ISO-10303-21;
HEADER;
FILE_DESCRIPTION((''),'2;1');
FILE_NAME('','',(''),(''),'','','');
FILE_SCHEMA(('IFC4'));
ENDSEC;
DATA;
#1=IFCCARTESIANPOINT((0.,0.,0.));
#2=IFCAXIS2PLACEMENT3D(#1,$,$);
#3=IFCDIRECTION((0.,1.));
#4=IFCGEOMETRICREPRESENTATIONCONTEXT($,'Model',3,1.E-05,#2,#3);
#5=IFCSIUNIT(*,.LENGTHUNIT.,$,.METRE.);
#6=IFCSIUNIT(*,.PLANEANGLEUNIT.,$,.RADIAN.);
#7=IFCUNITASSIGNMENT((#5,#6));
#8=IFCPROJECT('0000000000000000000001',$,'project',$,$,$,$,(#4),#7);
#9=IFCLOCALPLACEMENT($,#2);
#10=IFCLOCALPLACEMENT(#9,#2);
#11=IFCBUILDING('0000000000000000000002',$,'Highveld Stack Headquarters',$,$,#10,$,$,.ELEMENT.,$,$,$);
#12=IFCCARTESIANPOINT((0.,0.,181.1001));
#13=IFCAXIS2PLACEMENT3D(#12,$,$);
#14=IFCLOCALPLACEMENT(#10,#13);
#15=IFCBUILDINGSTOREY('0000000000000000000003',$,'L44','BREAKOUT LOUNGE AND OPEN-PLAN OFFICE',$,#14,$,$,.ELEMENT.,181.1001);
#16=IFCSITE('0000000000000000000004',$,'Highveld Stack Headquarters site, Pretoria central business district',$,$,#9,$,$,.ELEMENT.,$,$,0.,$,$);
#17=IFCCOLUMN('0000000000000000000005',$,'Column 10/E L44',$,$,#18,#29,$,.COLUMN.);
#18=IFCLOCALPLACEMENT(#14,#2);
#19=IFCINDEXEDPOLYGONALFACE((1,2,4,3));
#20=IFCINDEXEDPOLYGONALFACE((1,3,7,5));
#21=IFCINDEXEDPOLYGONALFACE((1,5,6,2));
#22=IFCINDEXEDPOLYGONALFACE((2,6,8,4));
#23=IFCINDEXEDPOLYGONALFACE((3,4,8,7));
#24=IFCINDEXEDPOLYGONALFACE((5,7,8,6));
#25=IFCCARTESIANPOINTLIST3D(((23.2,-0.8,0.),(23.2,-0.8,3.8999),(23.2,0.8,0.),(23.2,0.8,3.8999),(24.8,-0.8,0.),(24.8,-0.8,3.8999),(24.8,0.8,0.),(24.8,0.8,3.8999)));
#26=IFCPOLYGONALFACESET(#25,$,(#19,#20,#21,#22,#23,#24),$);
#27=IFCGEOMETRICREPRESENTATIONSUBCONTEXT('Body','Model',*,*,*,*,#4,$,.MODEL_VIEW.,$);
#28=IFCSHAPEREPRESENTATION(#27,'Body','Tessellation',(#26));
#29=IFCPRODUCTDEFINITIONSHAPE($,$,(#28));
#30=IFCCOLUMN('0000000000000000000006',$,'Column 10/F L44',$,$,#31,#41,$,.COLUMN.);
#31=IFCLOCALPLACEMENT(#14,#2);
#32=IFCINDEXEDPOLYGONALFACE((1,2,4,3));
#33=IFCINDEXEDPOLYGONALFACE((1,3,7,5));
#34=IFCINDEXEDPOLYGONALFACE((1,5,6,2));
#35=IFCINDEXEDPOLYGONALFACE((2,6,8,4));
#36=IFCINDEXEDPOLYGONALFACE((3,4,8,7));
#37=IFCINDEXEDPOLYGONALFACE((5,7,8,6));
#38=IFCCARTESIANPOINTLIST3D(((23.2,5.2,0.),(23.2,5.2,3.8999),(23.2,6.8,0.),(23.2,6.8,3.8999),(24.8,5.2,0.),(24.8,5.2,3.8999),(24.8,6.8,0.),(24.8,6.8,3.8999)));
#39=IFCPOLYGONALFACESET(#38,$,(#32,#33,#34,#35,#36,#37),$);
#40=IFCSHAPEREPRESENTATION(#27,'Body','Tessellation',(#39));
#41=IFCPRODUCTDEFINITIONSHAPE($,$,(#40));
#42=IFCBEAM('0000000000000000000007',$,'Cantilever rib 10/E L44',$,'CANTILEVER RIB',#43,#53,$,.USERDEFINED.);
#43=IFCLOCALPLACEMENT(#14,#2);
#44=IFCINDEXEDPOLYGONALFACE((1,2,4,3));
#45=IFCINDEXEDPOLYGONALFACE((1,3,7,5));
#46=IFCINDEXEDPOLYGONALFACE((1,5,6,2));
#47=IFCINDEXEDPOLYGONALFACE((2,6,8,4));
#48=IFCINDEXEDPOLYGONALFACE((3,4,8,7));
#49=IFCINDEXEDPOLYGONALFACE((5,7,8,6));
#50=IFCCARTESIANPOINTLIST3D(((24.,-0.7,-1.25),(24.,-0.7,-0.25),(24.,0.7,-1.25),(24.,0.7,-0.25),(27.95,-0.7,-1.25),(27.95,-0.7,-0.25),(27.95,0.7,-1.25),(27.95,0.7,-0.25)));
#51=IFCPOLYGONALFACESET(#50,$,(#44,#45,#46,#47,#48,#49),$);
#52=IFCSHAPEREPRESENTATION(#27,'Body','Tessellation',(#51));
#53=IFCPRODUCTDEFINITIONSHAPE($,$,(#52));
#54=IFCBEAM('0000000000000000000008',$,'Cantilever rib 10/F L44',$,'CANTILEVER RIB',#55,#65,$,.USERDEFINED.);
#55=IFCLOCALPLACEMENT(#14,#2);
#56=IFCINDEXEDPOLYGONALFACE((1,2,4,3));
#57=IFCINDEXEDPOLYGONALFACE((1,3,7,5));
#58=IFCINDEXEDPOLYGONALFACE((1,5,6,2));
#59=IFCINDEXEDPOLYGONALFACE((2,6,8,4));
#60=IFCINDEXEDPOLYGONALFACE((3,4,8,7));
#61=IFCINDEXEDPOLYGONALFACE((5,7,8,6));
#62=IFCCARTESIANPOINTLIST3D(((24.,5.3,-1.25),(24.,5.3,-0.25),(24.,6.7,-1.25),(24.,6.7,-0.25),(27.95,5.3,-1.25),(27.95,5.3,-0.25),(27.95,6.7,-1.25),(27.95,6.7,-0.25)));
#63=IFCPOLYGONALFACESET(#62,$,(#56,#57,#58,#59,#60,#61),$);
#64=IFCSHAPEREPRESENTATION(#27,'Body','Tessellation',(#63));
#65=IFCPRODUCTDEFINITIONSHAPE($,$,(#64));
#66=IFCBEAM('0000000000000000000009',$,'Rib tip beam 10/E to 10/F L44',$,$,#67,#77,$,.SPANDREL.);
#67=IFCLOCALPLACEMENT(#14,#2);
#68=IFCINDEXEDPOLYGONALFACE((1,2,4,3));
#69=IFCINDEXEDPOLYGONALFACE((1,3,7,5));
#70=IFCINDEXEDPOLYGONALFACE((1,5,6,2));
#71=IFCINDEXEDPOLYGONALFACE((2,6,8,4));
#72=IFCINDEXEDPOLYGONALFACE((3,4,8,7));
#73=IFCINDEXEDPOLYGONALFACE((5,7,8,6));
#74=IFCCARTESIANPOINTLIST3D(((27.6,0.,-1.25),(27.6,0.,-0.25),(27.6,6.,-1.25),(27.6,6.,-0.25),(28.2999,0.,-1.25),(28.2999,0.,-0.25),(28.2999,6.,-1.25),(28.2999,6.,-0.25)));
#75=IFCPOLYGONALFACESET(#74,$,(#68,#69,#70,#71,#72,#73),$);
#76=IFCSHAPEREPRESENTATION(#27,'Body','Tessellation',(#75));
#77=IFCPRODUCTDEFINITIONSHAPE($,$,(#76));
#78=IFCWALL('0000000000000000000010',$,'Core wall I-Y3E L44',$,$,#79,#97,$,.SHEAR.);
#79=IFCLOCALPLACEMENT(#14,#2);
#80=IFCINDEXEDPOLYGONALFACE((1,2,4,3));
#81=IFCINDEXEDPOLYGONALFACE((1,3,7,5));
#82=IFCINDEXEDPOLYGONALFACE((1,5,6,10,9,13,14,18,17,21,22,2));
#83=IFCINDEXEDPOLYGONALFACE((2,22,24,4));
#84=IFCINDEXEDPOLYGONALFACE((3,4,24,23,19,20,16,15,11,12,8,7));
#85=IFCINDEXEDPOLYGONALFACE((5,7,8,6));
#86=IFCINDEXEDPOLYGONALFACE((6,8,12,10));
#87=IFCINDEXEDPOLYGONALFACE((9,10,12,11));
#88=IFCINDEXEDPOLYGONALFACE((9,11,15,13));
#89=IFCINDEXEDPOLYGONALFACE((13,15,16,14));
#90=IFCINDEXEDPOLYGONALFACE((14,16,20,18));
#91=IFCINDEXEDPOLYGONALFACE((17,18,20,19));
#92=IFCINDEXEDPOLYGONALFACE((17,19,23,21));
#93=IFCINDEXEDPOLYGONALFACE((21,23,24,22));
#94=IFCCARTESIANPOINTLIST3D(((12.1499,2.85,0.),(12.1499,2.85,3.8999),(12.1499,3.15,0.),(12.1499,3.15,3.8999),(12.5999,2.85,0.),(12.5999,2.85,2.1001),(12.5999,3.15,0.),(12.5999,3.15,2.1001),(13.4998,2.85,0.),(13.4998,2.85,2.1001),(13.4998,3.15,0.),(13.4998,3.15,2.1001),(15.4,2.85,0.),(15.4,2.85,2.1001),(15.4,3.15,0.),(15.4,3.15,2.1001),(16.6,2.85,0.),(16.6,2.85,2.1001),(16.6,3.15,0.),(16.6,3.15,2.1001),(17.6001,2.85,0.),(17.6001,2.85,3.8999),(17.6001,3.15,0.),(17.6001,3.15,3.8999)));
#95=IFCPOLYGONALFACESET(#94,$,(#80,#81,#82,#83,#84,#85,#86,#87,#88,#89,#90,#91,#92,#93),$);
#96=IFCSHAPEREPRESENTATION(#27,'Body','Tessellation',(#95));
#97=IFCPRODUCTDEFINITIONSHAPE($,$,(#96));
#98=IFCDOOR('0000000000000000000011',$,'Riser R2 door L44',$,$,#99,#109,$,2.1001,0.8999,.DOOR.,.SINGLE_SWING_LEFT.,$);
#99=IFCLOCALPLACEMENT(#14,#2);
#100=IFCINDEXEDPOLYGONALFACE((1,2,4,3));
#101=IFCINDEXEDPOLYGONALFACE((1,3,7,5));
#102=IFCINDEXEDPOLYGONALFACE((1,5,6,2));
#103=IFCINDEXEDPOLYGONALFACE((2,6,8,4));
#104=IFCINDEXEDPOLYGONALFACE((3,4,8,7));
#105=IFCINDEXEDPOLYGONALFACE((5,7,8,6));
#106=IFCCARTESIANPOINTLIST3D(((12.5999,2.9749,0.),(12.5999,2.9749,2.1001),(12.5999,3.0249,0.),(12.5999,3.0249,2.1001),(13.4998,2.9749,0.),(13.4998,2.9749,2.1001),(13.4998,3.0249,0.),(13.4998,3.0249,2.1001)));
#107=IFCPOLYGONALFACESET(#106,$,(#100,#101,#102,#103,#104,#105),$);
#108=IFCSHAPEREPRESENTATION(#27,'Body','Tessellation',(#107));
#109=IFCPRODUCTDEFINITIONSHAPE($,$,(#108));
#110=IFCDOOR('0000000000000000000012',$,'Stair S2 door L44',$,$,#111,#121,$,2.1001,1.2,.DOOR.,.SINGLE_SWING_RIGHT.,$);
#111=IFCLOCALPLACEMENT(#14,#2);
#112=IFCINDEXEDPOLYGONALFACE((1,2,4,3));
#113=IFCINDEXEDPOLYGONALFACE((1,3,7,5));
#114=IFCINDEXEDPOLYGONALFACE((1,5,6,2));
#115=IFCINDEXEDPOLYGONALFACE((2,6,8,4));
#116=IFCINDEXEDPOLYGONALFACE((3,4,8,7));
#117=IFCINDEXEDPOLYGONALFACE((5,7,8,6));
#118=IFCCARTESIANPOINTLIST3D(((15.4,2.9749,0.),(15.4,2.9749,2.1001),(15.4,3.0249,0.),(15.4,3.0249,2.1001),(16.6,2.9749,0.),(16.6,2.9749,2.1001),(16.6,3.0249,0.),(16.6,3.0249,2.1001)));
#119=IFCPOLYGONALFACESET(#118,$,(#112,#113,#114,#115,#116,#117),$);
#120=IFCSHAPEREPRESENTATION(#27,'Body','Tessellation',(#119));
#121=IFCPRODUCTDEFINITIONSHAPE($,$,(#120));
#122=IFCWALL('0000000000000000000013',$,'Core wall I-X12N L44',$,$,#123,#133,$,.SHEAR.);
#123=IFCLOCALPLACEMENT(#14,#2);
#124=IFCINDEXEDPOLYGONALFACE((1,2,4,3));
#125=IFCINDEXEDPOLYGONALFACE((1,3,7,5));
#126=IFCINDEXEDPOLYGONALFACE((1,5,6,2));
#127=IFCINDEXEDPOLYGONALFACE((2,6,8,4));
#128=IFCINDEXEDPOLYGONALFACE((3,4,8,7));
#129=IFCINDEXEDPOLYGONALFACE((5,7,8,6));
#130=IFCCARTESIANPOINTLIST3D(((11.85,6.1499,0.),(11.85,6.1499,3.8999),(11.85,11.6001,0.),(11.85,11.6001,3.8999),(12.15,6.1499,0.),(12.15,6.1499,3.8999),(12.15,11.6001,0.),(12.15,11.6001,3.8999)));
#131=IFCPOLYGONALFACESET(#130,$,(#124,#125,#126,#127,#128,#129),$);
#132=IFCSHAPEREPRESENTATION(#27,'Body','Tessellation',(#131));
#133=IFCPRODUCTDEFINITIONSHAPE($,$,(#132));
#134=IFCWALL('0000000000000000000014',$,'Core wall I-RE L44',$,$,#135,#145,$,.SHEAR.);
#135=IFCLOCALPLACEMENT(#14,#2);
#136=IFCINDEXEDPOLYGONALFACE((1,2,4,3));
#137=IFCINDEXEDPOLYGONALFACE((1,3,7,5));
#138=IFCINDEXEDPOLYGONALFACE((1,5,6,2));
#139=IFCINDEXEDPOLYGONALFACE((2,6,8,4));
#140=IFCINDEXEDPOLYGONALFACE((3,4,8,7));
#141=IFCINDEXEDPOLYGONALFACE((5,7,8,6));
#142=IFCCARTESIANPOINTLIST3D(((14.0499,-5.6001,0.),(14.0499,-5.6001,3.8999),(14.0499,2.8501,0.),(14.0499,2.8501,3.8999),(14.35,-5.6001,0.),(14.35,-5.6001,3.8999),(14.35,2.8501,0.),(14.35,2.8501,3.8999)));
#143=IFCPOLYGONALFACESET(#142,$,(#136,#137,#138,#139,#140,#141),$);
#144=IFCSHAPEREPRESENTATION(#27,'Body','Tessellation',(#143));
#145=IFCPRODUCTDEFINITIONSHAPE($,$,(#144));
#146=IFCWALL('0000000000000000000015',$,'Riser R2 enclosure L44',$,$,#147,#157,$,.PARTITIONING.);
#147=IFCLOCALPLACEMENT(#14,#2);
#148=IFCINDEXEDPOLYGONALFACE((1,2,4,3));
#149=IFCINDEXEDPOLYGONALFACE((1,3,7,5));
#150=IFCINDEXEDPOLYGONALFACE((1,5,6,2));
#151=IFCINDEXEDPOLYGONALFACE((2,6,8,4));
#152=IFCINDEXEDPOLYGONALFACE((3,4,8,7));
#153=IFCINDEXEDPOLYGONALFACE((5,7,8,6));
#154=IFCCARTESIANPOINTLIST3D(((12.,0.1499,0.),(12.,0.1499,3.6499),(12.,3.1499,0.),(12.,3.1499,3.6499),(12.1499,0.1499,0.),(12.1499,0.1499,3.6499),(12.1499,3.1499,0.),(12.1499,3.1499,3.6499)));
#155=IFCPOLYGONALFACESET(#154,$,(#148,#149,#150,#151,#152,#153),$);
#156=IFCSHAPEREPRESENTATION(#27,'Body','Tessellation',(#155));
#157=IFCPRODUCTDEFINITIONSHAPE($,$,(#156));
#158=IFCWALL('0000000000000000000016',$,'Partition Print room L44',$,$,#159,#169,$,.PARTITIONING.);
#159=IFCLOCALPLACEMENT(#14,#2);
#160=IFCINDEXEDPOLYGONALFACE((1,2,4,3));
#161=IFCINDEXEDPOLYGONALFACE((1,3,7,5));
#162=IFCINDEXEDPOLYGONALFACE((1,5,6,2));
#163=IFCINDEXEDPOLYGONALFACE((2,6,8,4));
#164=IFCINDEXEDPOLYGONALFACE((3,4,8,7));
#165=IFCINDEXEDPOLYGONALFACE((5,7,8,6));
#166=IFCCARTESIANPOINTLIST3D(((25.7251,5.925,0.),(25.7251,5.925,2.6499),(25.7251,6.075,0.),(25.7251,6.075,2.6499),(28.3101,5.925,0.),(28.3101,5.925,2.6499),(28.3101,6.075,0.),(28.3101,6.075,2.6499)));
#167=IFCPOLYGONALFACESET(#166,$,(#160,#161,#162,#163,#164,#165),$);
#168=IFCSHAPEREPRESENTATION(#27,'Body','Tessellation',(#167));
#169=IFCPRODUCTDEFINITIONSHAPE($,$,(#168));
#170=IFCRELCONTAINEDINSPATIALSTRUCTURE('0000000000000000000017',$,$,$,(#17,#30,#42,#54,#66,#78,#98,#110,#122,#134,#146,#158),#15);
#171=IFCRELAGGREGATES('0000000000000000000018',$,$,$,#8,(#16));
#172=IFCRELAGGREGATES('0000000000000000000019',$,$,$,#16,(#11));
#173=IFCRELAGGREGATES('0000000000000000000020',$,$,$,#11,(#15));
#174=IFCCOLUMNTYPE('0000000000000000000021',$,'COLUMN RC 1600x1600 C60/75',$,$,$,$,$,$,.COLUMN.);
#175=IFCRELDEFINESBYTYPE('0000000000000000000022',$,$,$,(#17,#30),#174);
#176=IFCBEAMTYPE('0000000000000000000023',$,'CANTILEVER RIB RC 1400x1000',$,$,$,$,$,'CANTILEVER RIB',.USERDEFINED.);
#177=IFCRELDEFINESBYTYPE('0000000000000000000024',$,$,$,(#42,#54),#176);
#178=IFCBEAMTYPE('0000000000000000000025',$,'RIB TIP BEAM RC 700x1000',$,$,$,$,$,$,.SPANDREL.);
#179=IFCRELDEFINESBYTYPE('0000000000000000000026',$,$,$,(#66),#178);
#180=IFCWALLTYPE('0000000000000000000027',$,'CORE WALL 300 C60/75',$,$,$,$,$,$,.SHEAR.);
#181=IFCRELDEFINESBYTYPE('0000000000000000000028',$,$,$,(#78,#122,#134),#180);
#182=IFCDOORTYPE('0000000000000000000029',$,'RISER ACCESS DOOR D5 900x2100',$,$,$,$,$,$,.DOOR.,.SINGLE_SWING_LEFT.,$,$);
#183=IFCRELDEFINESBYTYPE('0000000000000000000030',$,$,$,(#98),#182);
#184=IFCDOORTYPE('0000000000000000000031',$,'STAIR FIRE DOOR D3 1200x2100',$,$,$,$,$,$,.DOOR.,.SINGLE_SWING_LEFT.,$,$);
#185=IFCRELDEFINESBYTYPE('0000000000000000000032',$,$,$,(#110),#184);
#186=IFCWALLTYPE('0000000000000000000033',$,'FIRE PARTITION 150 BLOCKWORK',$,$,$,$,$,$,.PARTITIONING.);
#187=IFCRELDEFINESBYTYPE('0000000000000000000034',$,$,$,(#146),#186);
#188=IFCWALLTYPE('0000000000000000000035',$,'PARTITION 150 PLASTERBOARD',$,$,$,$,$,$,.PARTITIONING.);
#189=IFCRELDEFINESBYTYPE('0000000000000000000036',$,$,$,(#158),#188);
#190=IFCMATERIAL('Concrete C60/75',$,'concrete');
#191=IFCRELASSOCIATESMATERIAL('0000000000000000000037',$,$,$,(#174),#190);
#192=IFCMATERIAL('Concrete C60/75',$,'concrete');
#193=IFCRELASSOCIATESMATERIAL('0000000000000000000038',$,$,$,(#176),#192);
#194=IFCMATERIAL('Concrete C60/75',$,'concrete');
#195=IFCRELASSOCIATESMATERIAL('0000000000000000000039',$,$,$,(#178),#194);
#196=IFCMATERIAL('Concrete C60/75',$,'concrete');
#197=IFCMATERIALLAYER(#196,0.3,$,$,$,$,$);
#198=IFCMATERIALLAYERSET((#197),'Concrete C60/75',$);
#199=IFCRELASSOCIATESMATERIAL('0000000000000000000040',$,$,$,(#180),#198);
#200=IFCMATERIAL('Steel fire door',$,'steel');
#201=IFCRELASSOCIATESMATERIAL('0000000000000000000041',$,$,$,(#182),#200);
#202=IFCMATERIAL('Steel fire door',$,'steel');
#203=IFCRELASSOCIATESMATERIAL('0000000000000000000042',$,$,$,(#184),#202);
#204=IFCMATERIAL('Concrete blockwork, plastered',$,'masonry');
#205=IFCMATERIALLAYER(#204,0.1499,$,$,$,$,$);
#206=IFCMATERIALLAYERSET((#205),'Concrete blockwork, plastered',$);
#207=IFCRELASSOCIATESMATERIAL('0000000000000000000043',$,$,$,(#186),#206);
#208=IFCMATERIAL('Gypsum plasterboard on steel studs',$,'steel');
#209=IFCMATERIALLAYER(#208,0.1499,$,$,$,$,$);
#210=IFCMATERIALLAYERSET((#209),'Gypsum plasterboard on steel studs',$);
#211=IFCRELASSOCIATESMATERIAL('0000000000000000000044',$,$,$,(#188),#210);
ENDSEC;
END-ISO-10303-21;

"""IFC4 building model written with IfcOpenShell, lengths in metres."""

from ifc_helpers import new_model, si_unit, direction, frame, frame_2d, origin, origin_2d, place, context, subcontext, project, spatial, rectangle, extrude, material, layer, layer_set, material_profile, profile_set, type_object, element, fill, save


model = new_model("IFC4")

# Units and contexts
model_context = context("Model", 3, precision=1e-05, world=origin(), true_north=direction((0.0, 1.0)))
body_context = subcontext(model_context, "Body", "Model", "MODEL_VIEW")
ifc_project = project(units=[si_unit("LENGTHUNIT", "METRE"), si_unit("PLANEANGLEUNIT", "RADIAN")], contexts=[model_context])

# Site, building, storey
site_placement = place(None, origin())
site = spatial("IfcSite", under=ifc_project, at=site_placement, Name="Highveld Stack Headquarters site, Pretoria central business district", CompositionType="ELEMENT", RefElevation=0.0)
building_placement = place(site_placement, origin())
building = spatial("IfcBuilding", under=site, at=building_placement, Name="Highveld Stack Headquarters", CompositionType="ELEMENT")
storey_placement = place(building_placement, frame((0.0, 0.0, 181.1001)))
storey = spatial("IfcBuildingStorey", under=building, at=storey_placement, Name="L44", Description="BREAKOUT LOUNGE AND OPEN-PLAN OFFICE", CompositionType="ELEMENT", Elevation=181.1001)

# Columns
ifc_material_1 = material(Name="Concrete C60/75", Category="concrete")
ifc_material_profile_1 = material_profile(ifc_material_1, rectangle(XDim=1.6001, YDim=1.6001, at=origin_2d()), Name="RC 1600x1600")
ifc_profile_set_1 = profile_set([ifc_material_profile_1], Name="Concrete C60/75")
column_type = type_object("IfcColumnType", Name="COLUMN RC 1600x1600 C60/75", PredefinedType="COLUMN", material=ifc_profile_set_1)
for number, where, z_axis, x_axis, name in (
    (1, (24.0, 0.0, 0.0), (0.0, 0.0, 1.0), (1.0, 0.0, 0.0), "Column 10/E L44"),
    (2, (24.0, 6.0, 0.0), (0.0, 0.0, 1.0), (1.0, 0.0, 0.0), "Column 10/F L44"),
):
    element("IfcColumn", number, at=place(storey_placement, frame(where, z_axis=z_axis, x_axis=x_axis)), inside=storey, type_object=column_type, Name=name, PredefinedType="COLUMN", context=body_context, shape_type="SweptSolid", body=[
        extrude(rectangle(XDim=1.6001, YDim=1.6001, at=origin_2d()), origin(), (0.0, 0.0, 1.0), 3.8999),
    ])

# Beams
ifc_material_2 = material(Name="Concrete C60/75", Category="concrete")
ifc_material_profile_2 = material_profile(ifc_material_2, rectangle(XDim=1.3999, YDim=1.0, at=origin_2d()), Name="RC 1400x1000")
ifc_profile_set_2 = profile_set([ifc_material_profile_2], Name="Concrete C60/75")
beam_type_1 = type_object("IfcBeamType", Name="CANTILEVER RIB RC 1400x1000", ElementType="CANTILEVER RIB", PredefinedType="USERDEFINED", material=ifc_profile_set_2)
for number, where, z_axis, x_axis, name in (
    (3, (24.0, 0.0, -0.75), (1.0, 0.0, 0.0), (0.0, 1.0, 0.0), "Cantilever rib 10/E L44"),
    (4, (24.0, 6.0, -0.75), (1.0, 0.0, 0.0), (0.0, 1.0, 0.0), "Cantilever rib 10/F L44"),
):
    element("IfcBeam", number, at=place(storey_placement, frame(where, z_axis=z_axis, x_axis=x_axis)), inside=storey, type_object=beam_type_1, Name=name, ObjectType="CANTILEVER RIB", PredefinedType="USERDEFINED", context=body_context, shape_type="SweptSolid", body=[
        extrude(rectangle(XDim=1.3999, YDim=1.0, at=origin_2d()), origin(), (0.0, 0.0, 1.0), 3.95),
    ])
ifc_material_3 = material(Name="Concrete C60/75", Category="concrete")
ifc_material_profile_3 = material_profile(ifc_material_3, rectangle(XDim=0.7, YDim=1.0, at=origin_2d()), Name="RC 700x1000")
ifc_profile_set_3 = profile_set([ifc_material_profile_3], Name="Concrete C60/75")
beam_type_2 = type_object("IfcBeamType", Name="RIB TIP BEAM RC 700x1000", PredefinedType="SPANDREL", material=ifc_profile_set_3)
beam_placement = place(storey_placement, frame((27.95, 0.0, -0.75), z_axis=(0.0, 1.0, 0.0), x_axis=(-1.0, 0.0, 0.0)))
element("IfcBeam", 5, at=beam_placement, inside=storey, type_object=beam_type_2, Name="Rib tip beam 10/E to 10/F L44", PredefinedType="SPANDREL", context=body_context, shape_type="SweptSolid", body=[
    extrude(rectangle(XDim=0.7, YDim=1.0, at=origin_2d()), origin(), (0.0, 0.0, 1.0), 6.0),
])

# Wall, openings, doors
ifc_material_4 = material(Name="Concrete C60/75", Category="concrete")
ifc_layer_1 = layer(ifc_material_4, 0.3)
ifc_layer_set_1 = layer_set([ifc_layer_1], Name="Concrete C60/75")
wall_type_1 = type_object("IfcWallType", Name="CORE WALL 300 C60/75", PredefinedType="SHEAR", material=ifc_layer_set_1)
wall_1_placement = place(storey_placement, frame((12.1499, 3.0, 0.0), z_axis=(0.0, 0.0, 1.0), x_axis=(1.0, 0.0, 0.0)))
wall_1 = element("IfcWall", 6, at=wall_1_placement, inside=storey, type_object=wall_type_1, Name="Core wall I-Y3E L44", PredefinedType="SHEAR", context=body_context, shape_type="SweptSolid", body=[
    extrude(rectangle(XDim=5.4502, YDim=0.3, at=frame_2d((2.7251, 0.0))), origin(), (0.0, 0.0, 1.0), 3.8999),
])
opening_1_placement = place(wall_1_placement, frame((3.25, 0.0, 0.0)))
opening_1 = element("IfcOpeningElement", 7, at=opening_1_placement, cuts=wall_1, PredefinedType="OPENING", context=body_context, shape_type="SweptSolid", body=[
    extrude(rectangle(XDim=1.2, YDim=2.1001, at=frame_2d((0.6001, 1.05))), frame((0.0, 0.1599, 0.0), z_axis=(0.0, -1.0, 0.0), x_axis=(1.0, 0.0, 0.0)), (0.0, 0.0, 1.0), 0.3201),
])
opening_2_placement = place(wall_1_placement, frame((0.45, 0.0, 0.0)))
opening_2 = element("IfcOpeningElement", 8, at=opening_2_placement, cuts=wall_1, PredefinedType="OPENING", context=body_context, shape_type="SweptSolid", body=[
    extrude(rectangle(XDim=0.8999, YDim=2.1001, at=frame_2d((0.45, 1.05))), frame((0.0, 0.1599, 0.0), z_axis=(0.0, -1.0, 0.0), x_axis=(1.0, 0.0, 0.0)), (0.0, 0.0, 1.0), 0.3201),
])
ifc_material_5 = material(Name="Steel fire door", Category="steel")
door_type_1 = type_object("IfcDoorType", Name="RISER ACCESS DOOR D5 900x2100", OperationType="SINGLE_SWING_LEFT", PredefinedType="DOOR", material=ifc_material_5)
door_1_placement = place(opening_2_placement, origin())
door_1 = element("IfcDoor", 9, at=door_1_placement, inside=storey, type_object=door_type_1, Name="Riser R2 door L44", OperationType="SINGLE_SWING_LEFT", OverallHeight=2.1001, OverallWidth=0.8999, PredefinedType="DOOR", context=body_context, shape_type="SweptSolid", body=[
    extrude(rectangle(XDim=0.8999, YDim=2.1001, at=frame_2d((0.45, 1.05))), frame((0.0, 0.0249, 0.0), z_axis=(0.0, -1.0, 0.0), x_axis=(1.0, 0.0, 0.0)), (0.0, 0.0, 1.0), 0.05),
])
fill(opening_2, door_1)
ifc_material_6 = material(Name="Steel fire door", Category="steel")
door_type_2 = type_object("IfcDoorType", Name="STAIR FIRE DOOR D3 1200x2100", OperationType="SINGLE_SWING_LEFT", PredefinedType="DOOR", material=ifc_material_6)
door_2_placement = place(opening_1_placement, origin())
door_2 = element("IfcDoor", 10, at=door_2_placement, inside=storey, type_object=door_type_2, Name="Stair S2 door L44", OperationType="SINGLE_SWING_RIGHT", OverallHeight=2.1001, OverallWidth=1.2, PredefinedType="DOOR", context=body_context, shape_type="SweptSolid", body=[
    extrude(rectangle(XDim=1.2, YDim=2.1001, at=frame_2d((0.6001, 1.05))), frame((0.0, 0.0249, 0.0), z_axis=(0.0, -1.0, 0.0), x_axis=(1.0, 0.0, 0.0)), (0.0, 0.0, 1.0), 0.05),
])
fill(opening_1, door_2)

# Walls
wall_2_placement = place(storey_placement, frame((12.0, 6.1499, 0.0), z_axis=(0.0, 0.0, 1.0), x_axis=(0.0, 1.0, 0.0)))
element("IfcWall", 11, at=wall_2_placement, inside=storey, type_object=wall_type_1, Name="Core wall I-X12N L44", PredefinedType="SHEAR", context=body_context, shape_type="SweptSolid", body=[
    extrude(rectangle(XDim=5.4502, YDim=0.3, at=frame_2d((2.7251, 0.0))), origin(), (0.0, 0.0, 1.0), 3.8999),
])
wall_3_placement = place(storey_placement, frame((14.2, -5.6001, 0.0), z_axis=(0.0, 0.0, 1.0), x_axis=(0.0, 1.0, 0.0)))
element("IfcWall", 12, at=wall_3_placement, inside=storey, type_object=wall_type_1, Name="Core wall I-RE L44", PredefinedType="SHEAR", context=body_context, shape_type="SweptSolid", body=[
    extrude(rectangle(XDim=8.4502, YDim=0.3, at=frame_2d((4.2251, 0.0))), origin(), (0.0, 0.0, 1.0), 3.8999),
])
ifc_material_7 = material(Name="Concrete blockwork, plastered", Category="masonry")
ifc_layer_2 = layer(ifc_material_7, 0.1499)
ifc_layer_set_2 = layer_set([ifc_layer_2], Name="Concrete blockwork, plastered")
wall_type_2 = type_object("IfcWallType", Name="FIRE PARTITION 150 BLOCKWORK", PredefinedType="PARTITIONING", material=ifc_layer_set_2)
wall_4_placement = place(storey_placement, frame((12.075, 0.1499, 0.0), z_axis=(0.0, 0.0, 1.0), x_axis=(0.0, 1.0, 0.0)))
element("IfcWall", 13, at=wall_4_placement, inside=storey, type_object=wall_type_2, Name="Riser R2 enclosure L44", PredefinedType="PARTITIONING", context=body_context, shape_type="SweptSolid", body=[
    extrude(rectangle(XDim=3.0, YDim=0.1499, at=frame_2d((1.5, 0.0))), origin(), (0.0, 0.0, 1.0), 3.6499),
])
ifc_material_8 = material(Name="Gypsum plasterboard on steel studs", Category="steel")
ifc_layer_3 = layer(ifc_material_8, 0.1499)
ifc_layer_set_3 = layer_set([ifc_layer_3], Name="Gypsum plasterboard on steel studs")
wall_type_3 = type_object("IfcWallType", Name="PARTITION 150 PLASTERBOARD", PredefinedType="PARTITIONING", material=ifc_layer_set_3)
wall_5_placement = place(storey_placement, frame((25.7251, 6.0, 0.0), z_axis=(0.0, 0.0, 1.0), x_axis=(1.0, 0.0, 0.0)))
element("IfcWall", 14, at=wall_5_placement, inside=storey, type_object=wall_type_3, Name="Partition Print room L44", PredefinedType="PARTITIONING", context=body_context, shape_type="SweptSolid", body=[
    extrude(rectangle(XDim=2.585, YDim=0.1499, at=frame_2d((1.2925, 0.0))), origin(), (0.0, 0.0, 1.0), 2.6499),
])

save(model, "model.ifc")
